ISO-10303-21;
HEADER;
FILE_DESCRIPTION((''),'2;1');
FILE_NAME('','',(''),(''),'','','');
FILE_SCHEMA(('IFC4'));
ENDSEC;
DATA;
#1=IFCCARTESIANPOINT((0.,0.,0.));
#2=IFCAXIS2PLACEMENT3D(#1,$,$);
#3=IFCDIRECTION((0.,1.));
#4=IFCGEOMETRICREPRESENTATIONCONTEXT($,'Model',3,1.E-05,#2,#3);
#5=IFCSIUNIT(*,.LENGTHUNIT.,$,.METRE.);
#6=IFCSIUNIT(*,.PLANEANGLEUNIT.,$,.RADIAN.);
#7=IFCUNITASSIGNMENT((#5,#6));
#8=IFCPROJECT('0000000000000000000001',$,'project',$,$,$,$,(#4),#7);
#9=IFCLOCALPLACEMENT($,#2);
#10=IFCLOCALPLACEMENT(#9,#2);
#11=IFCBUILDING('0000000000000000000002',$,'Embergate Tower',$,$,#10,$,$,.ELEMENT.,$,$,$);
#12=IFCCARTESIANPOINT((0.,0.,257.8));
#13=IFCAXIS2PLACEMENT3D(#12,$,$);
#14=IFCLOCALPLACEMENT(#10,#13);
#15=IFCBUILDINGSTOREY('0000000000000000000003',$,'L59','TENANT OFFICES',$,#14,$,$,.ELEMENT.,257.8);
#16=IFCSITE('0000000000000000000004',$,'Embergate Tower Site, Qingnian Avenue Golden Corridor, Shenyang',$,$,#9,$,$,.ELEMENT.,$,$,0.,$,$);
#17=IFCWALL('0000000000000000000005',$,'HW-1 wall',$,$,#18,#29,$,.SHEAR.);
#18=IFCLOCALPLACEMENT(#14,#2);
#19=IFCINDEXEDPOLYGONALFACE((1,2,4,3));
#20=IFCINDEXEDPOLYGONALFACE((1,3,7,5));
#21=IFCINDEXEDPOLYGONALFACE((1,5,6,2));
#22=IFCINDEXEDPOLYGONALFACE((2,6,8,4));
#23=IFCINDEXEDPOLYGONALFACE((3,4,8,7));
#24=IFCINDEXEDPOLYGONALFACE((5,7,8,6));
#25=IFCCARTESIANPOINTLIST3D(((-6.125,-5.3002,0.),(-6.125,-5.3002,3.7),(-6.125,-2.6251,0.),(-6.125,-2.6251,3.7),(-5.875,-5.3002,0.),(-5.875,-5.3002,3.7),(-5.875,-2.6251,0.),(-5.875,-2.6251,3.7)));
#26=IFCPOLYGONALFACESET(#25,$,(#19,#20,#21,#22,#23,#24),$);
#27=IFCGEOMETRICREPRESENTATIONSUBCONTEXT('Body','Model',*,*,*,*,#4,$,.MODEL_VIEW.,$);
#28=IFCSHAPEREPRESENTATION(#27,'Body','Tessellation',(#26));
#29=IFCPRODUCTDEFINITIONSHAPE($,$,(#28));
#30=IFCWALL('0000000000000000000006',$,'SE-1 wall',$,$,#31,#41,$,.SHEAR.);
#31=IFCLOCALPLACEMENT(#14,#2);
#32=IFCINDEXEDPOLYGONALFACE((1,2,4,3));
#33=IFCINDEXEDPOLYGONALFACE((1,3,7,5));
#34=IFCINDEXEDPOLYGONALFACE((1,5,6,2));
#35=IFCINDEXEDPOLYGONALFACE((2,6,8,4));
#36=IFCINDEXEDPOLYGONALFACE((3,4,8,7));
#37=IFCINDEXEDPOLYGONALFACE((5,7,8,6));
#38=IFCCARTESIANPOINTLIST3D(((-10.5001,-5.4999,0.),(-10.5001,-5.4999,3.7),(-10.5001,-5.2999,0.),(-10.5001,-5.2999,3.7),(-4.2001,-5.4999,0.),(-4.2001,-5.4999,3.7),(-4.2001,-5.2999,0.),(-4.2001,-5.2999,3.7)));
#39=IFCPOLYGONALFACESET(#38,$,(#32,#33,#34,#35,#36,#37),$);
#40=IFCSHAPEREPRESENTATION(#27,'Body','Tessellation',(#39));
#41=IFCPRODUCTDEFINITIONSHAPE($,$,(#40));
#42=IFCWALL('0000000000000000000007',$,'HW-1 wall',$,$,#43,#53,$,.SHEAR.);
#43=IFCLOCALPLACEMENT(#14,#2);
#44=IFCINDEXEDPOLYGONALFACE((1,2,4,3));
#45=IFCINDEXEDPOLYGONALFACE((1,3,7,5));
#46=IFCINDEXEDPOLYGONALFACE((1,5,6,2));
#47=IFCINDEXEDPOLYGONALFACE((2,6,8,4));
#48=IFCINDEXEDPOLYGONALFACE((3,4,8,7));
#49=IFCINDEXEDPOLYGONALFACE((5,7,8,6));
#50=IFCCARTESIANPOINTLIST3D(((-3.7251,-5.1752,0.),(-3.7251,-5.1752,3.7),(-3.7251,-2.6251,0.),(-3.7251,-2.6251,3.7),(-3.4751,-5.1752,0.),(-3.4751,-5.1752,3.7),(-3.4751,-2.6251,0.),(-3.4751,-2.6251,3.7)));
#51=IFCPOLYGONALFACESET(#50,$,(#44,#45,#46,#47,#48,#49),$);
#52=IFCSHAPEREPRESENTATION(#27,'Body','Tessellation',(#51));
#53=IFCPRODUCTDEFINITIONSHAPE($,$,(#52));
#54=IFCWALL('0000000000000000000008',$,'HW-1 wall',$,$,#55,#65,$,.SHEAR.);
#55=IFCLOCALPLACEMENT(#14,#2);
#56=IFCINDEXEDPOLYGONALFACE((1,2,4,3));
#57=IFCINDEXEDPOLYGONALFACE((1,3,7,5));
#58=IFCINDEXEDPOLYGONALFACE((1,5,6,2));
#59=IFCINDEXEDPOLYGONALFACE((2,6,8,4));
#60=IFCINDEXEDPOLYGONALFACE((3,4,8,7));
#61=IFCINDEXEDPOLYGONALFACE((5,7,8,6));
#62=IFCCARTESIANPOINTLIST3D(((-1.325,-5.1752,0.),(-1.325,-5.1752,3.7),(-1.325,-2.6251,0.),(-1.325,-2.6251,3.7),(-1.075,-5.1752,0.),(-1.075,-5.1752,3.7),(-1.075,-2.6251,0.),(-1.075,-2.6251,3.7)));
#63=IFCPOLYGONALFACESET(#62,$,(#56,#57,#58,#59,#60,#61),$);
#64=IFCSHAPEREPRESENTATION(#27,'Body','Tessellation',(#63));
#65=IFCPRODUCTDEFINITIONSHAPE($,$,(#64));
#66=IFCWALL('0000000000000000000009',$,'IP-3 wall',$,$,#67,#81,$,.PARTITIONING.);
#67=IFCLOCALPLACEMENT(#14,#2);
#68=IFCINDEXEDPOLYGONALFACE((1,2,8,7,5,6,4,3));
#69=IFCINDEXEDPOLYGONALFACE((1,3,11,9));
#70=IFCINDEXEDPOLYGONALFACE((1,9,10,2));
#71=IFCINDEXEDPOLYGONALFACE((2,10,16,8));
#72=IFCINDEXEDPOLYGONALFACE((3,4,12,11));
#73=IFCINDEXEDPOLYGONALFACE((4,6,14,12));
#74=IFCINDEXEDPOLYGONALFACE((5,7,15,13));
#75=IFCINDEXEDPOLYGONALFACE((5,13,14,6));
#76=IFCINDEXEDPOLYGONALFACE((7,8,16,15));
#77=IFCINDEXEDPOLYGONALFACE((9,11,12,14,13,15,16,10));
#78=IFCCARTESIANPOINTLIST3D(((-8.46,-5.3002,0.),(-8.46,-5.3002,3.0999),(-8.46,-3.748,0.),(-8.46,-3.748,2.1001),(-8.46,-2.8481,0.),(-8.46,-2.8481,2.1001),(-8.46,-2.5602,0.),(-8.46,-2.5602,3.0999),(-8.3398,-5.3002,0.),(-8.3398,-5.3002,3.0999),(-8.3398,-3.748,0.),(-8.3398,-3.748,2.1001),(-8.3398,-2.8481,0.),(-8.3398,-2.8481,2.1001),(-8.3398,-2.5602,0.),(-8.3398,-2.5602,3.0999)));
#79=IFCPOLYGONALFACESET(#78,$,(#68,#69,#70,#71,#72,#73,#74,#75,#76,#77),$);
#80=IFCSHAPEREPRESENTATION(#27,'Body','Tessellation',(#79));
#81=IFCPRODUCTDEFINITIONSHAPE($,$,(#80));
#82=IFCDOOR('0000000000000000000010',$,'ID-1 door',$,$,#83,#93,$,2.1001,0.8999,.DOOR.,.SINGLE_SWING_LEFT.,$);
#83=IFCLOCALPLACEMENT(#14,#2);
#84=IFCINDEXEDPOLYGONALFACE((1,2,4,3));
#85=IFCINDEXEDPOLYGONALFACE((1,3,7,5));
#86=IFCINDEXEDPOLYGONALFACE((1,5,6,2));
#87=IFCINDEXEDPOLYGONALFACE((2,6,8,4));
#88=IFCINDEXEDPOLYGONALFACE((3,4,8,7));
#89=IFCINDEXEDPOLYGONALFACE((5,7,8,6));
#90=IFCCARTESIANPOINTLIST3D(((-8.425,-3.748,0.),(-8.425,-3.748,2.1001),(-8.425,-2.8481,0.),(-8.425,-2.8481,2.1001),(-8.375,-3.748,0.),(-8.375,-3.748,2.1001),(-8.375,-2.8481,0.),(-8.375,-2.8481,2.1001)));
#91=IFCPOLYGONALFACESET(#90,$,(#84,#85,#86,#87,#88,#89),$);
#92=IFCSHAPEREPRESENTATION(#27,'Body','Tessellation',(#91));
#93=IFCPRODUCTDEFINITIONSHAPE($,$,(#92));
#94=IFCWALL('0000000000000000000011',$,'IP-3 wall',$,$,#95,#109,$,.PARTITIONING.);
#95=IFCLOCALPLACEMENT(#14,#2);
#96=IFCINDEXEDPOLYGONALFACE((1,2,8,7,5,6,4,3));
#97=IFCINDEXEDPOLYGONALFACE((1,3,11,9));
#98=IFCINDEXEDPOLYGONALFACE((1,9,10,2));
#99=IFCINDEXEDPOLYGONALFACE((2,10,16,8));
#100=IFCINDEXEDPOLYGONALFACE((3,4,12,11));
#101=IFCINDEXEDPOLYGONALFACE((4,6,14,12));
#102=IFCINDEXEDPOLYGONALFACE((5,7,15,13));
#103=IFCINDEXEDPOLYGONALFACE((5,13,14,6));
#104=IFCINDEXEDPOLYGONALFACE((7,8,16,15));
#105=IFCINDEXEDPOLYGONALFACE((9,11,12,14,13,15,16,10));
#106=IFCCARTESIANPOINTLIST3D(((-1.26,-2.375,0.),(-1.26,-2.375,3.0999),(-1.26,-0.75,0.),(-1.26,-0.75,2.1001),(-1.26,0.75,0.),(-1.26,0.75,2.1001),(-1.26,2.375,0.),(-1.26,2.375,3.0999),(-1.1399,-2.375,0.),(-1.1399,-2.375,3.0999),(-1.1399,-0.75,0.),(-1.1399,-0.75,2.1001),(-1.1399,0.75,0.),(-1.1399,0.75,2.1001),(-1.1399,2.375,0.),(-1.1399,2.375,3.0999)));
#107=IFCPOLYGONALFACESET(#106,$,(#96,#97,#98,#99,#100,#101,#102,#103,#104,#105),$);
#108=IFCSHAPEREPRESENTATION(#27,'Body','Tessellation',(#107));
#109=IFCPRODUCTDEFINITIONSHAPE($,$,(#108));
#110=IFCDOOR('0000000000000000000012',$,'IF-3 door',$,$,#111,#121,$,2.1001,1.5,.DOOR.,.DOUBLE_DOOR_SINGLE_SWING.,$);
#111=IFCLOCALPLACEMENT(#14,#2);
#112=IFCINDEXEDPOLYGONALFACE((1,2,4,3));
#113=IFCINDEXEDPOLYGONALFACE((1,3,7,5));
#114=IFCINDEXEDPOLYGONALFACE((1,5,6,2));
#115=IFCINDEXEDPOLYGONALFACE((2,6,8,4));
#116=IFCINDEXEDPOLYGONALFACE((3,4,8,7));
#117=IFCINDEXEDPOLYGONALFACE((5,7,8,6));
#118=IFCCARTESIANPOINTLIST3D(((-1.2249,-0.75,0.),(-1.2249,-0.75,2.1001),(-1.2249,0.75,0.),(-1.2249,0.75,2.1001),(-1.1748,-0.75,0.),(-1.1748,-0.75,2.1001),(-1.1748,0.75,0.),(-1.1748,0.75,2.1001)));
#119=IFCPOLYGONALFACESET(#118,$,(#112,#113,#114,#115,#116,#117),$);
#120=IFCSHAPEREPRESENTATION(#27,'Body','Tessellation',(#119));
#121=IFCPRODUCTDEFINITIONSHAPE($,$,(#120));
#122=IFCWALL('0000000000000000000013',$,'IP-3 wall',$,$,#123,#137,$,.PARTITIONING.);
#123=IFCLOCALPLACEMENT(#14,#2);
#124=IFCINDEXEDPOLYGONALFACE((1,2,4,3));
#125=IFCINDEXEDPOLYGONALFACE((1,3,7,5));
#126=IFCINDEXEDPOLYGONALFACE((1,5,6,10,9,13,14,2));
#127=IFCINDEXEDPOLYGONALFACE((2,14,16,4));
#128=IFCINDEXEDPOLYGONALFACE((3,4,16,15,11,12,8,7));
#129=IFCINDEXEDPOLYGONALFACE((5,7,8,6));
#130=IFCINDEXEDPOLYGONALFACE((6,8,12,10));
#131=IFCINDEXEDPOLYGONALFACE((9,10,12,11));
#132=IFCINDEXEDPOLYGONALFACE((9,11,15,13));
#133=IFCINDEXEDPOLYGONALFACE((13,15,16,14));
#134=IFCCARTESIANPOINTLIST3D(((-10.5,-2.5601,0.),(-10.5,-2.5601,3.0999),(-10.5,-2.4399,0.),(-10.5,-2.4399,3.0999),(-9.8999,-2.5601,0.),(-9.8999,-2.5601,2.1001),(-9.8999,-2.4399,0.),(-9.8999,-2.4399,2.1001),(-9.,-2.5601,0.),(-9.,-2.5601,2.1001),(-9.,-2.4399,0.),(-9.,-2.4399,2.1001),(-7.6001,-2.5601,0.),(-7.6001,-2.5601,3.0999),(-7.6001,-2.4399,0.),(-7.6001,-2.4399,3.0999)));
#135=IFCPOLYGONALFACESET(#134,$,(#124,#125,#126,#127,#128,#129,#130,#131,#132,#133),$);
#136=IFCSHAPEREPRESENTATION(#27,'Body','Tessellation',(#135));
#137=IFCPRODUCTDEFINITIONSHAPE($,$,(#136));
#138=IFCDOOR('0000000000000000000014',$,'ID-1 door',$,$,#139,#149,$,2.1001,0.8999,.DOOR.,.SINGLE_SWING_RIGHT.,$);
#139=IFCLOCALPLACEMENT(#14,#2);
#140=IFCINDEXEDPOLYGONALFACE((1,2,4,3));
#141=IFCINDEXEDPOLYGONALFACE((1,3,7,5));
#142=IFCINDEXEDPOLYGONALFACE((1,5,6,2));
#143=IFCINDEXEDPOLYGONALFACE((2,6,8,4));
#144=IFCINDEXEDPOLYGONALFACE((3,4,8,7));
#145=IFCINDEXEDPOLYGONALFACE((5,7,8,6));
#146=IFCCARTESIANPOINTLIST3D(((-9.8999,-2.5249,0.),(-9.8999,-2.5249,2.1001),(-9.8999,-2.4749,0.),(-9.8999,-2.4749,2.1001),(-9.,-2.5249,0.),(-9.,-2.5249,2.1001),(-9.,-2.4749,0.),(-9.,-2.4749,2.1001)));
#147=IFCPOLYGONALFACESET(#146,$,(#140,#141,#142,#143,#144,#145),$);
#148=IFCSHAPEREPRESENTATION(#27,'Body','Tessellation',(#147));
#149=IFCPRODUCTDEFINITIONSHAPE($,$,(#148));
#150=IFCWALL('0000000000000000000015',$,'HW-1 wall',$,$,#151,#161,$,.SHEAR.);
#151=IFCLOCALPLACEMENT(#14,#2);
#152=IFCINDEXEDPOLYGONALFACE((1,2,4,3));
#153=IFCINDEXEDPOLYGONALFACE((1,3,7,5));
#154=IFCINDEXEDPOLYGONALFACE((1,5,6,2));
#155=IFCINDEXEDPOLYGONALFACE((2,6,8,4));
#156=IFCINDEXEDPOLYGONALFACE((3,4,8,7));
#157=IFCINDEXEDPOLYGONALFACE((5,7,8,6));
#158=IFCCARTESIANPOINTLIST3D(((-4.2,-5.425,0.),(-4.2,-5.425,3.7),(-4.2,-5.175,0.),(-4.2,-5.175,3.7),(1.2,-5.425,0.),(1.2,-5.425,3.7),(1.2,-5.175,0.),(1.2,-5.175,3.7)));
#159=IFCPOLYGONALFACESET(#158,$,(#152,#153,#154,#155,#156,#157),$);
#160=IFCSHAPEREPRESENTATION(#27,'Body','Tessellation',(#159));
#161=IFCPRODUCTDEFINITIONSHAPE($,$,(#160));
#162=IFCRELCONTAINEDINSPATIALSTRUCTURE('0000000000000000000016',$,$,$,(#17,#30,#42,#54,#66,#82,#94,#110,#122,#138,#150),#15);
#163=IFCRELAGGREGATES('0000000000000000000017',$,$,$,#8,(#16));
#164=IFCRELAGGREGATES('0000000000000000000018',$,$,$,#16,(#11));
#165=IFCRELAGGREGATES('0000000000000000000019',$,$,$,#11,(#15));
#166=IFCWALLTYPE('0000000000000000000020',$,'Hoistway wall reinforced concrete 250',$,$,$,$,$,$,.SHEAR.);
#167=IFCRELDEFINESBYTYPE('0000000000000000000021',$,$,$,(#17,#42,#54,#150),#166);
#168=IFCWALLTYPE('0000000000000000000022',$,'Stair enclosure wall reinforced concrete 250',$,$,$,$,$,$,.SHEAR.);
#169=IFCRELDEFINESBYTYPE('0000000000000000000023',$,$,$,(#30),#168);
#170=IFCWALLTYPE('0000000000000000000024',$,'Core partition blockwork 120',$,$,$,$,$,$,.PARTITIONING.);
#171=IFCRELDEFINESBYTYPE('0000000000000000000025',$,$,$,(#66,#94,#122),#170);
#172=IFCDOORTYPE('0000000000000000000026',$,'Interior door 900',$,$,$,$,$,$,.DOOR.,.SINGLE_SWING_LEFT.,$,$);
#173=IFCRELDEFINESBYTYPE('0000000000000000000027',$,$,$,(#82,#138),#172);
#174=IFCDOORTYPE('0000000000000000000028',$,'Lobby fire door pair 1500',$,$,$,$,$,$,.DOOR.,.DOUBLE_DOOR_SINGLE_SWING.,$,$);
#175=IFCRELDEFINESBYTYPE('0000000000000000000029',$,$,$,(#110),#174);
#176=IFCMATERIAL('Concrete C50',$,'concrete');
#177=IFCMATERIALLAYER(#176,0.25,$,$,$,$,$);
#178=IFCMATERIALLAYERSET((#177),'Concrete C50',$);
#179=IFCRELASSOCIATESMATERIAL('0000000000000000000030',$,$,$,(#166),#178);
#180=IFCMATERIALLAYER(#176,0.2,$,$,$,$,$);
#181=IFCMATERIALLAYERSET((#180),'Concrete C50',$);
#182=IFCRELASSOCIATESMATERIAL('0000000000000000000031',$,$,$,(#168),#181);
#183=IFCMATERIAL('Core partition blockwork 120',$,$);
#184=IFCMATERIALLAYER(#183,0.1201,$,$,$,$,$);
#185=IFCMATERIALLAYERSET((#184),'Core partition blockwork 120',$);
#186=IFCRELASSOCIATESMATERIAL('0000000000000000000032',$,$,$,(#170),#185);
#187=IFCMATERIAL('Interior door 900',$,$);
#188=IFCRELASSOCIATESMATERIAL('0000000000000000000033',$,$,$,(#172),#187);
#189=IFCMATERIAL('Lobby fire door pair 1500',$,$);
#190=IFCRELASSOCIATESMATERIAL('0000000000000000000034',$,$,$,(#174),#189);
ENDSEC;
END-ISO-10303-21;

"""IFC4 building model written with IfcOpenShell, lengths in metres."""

from ifc_helpers import new_model, si_unit, direction, frame, frame_2d, origin, place, context, subcontext, project, spatial, rectangle, extrude, source, transform, mapped, material, layer, layer_set, type_object, element, fill, save


model = new_model("IFC4")

# Units and contexts
model_context = context("Model", 3, precision=1e-05, world=origin(), true_north=direction((0.0, 1.0)))
body_context = subcontext(model_context, "Body", "Model", "MODEL_VIEW")
ifc_project = project(units=[si_unit("LENGTHUNIT", "METRE"), si_unit("PLANEANGLEUNIT", "RADIAN")], contexts=[model_context])

# Site, building, storey
site_placement = place(None, origin())
site = spatial("IfcSite", under=ifc_project, at=site_placement, Name="Embergate Tower Site, Qingnian Avenue Golden Corridor, Shenyang", CompositionType="ELEMENT", RefElevation=0.0)
building_placement = place(site_placement, origin())
building = spatial("IfcBuilding", under=site, at=building_placement, Name="Embergate Tower", CompositionType="ELEMENT")
storey_placement = place(building_placement, frame((0.0, 0.0, 257.8)))
storey = spatial("IfcBuildingStorey", under=building, at=storey_placement, Name="L59", Description="TENANT OFFICES", CompositionType="ELEMENT", Elevation=257.8)

# Walls
ifc_material_1 = material(Name="Concrete C50", Category="concrete")
ifc_layer_1 = layer(ifc_material_1, 0.25)
ifc_layer_set_1 = layer_set([ifc_layer_1], Name="Concrete C50")
wall_type_1 = type_object("IfcWallType", Name="Hoistway wall reinforced concrete 250", PredefinedType="SHEAR", material=ifc_layer_set_1)
shared_shape_1 = source(origin(), body_context, "Body", "SweptSolid", [
    extrude(rectangle(XDim=2.675, YDim=0.25, at=frame_2d((1.3374, 0.0))), origin(), (0.0, 0.0, 1.0), 3.7),
])
wall_1_placement = place(storey_placement, frame((-6.0, -5.3, 0.0), z_axis=(0.0, 0.0, 1.0), x_axis=(0.0, 1.0, 0.0)))
element("IfcWall", 1, at=wall_1_placement, inside=storey, type_object=wall_type_1, Name="HW-1 wall", PredefinedType="SHEAR", context=body_context, shape_type="MappedRepresentation", body=[
    mapped(shared_shape_1, transform((0.0, 0.0, 0.0))),
])
ifc_layer_2 = layer(ifc_material_1, 0.2)
ifc_layer_set_2 = layer_set([ifc_layer_2], Name="Concrete C50")
wall_type_2 = type_object("IfcWallType", Name="Stair enclosure wall reinforced concrete 250", PredefinedType="SHEAR", material=ifc_layer_set_2)
shared_shape_2 = source(origin(), body_context, "Body", "SweptSolid", [
    extrude(rectangle(XDim=6.3, YDim=0.2, at=frame_2d((3.1499, 0.0))), origin(), (0.0, 0.0, 1.0), 3.7),
])
wall_2_placement = place(storey_placement, frame((-10.5, -5.3999, 0.0), z_axis=(0.0, 0.0, 1.0), x_axis=(1.0, 0.0, 0.0)))
element("IfcWall", 2, at=wall_2_placement, inside=storey, type_object=wall_type_2, Name="SE-1 wall", PredefinedType="SHEAR", context=body_context, shape_type="MappedRepresentation", body=[
    mapped(shared_shape_2, transform((0.0, 0.0, 0.0))),
])
shared_shape_3 = source(origin(), body_context, "Body", "SweptSolid", [
    extrude(rectangle(XDim=2.55, YDim=0.25, at=frame_2d((1.2749, 0.0))), origin(), (0.0, 0.0, 1.0), 3.7),
])
for number, where, z_axis, x_axis, name in (
    (3, (-3.6001, -5.175, 0.0), (0.0, 0.0, 1.0), (0.0, 1.0, 0.0), "HW-1 wall"),
    (4, (-1.2, -5.175, 0.0), (0.0, 0.0, 1.0), (0.0, 1.0, 0.0), "HW-1 wall"),
):
    element("IfcWall", number, at=place(storey_placement, frame(where, z_axis=z_axis, x_axis=x_axis)), inside=storey, type_object=wall_type_1, Name=name, PredefinedType="SHEAR", context=body_context, shape_type="MappedRepresentation", body=[
        mapped(shared_shape_3, transform((0.0, 0.0, 0.0))),
    ])

# Walls, openings, doors
ifc_material_2 = material(Name="Core partition blockwork 120")
ifc_layer_3 = layer(ifc_material_2, 0.1201)
ifc_layer_set_3 = layer_set([ifc_layer_3], Name="Core partition blockwork 120")
wall_type_3 = type_object("IfcWallType", Name="Core partition blockwork 120", PredefinedType="PARTITIONING", material=ifc_layer_set_3)
shared_shape_4 = source(origin(), body_context, "Body", "SweptSolid", [
    extrude(rectangle(XDim=2.74, YDim=0.1201, at=frame_2d((1.3701, 0.0))), origin(), (0.0, 0.0, 1.0), 3.0999),
])
wall_3_placement = place(storey_placement, frame((-8.3999, -2.5601, 0.0), z_axis=(0.0, 0.0, 1.0), x_axis=(0.0, -1.0, 0.0)))
wall_3 = element("IfcWall", 5, at=wall_3_placement, inside=storey, type_object=wall_type_3, Name="IP-3 wall", PredefinedType="PARTITIONING", context=body_context, shape_type="MappedRepresentation", body=[
    mapped(shared_shape_4, transform((0.0, 0.0, 0.0))),
])
shared_shape_5 = source(origin(), body_context, "Body", "SweptSolid", [
    extrude(rectangle(XDim=0.8999, YDim=2.1001, at=frame_2d((0.45, 1.05))), frame((0.0, 0.0701, 0.0), z_axis=(0.0, -1.0, 0.0), x_axis=(1.0, 0.0, 0.0)), (0.0, 0.0, 1.0), 0.1401),
])
opening_1_placement = place(wall_3_placement, frame((0.2881, 0.0, 0.0)))
opening_1 = element("IfcOpeningElement", 6, at=opening_1_placement, cuts=wall_3, PredefinedType="OPENING", context=body_context, shape_type="MappedRepresentation", body=[
    mapped(shared_shape_5, transform((0.0, 0.0, 0.0))),
])
ifc_material_3 = material(Name="Interior door 900")
door_type_1 = type_object("IfcDoorType", Name="Interior door 900", OperationType="SINGLE_SWING_LEFT", PredefinedType="DOOR", material=ifc_material_3)
shared_shape_6 = source(origin(), body_context, "Body", "SweptSolid", [
    extrude(rectangle(XDim=0.8999, YDim=2.1001, at=frame_2d((0.45, 1.05))), frame((0.0, 0.0249, 0.0), z_axis=(0.0, -1.0, 0.0), x_axis=(1.0, 0.0, 0.0)), (0.0, 0.0, 1.0), 0.05),
])
door_1_placement = place(opening_1_placement, origin())
door_1 = element("IfcDoor", 7, at=door_1_placement, inside=storey, type_object=door_type_1, Name="ID-1 door", OperationType="SINGLE_SWING_LEFT", OverallHeight=2.1001, OverallWidth=0.8999, PredefinedType="DOOR", context=body_context, shape_type="MappedRepresentation", body=[
    mapped(shared_shape_6, transform((0.0, 0.0, 0.0))),
])
fill(opening_1, door_1)
shared_shape_7 = source(origin(), body_context, "Body", "SweptSolid", [
    extrude(rectangle(XDim=4.75, YDim=0.1201, at=frame_2d((2.375, 0.0))), origin(), (0.0, 0.0, 1.0), 3.0999),
])
wall_4_placement = place(storey_placement, frame((-1.2, -2.375, 0.0), z_axis=(0.0, 0.0, 1.0), x_axis=(0.0, 1.0, 0.0)))
wall_4 = element("IfcWall", 8, at=wall_4_placement, inside=storey, type_object=wall_type_3, Name="IP-3 wall", PredefinedType="PARTITIONING", context=body_context, shape_type="MappedRepresentation", body=[
    mapped(shared_shape_7, transform((0.0, 0.0, 0.0))),
])
shared_shape_8 = source(origin(), body_context, "Body", "SweptSolid", [
    extrude(rectangle(XDim=1.5, YDim=2.1001, at=frame_2d((0.75, 1.05))), frame((0.0, 0.0701, 0.0), z_axis=(0.0, -1.0, 0.0), x_axis=(1.0, 0.0, 0.0)), (0.0, 0.0, 1.0), 0.1401),
])
opening_2_placement = place(wall_4_placement, frame((1.625, 0.0, 0.0)))
opening_2 = element("IfcOpeningElement", 9, at=opening_2_placement, cuts=wall_4, PredefinedType="OPENING", context=body_context, shape_type="MappedRepresentation", body=[
    mapped(shared_shape_8, transform((0.0, 0.0, 0.0))),
])
ifc_material_4 = material(Name="Lobby fire door pair 1500")
door_type_2 = type_object("IfcDoorType", Name="Lobby fire door pair 1500", OperationType="DOUBLE_DOOR_SINGLE_SWING", PredefinedType="DOOR", material=ifc_material_4)
shared_shape_9 = source(origin(), body_context, "Body", "SweptSolid", [
    extrude(rectangle(XDim=1.5, YDim=2.1001, at=frame_2d((0.75, 1.05))), frame((0.0, 0.0249, 0.0), z_axis=(0.0, -1.0, 0.0), x_axis=(1.0, 0.0, 0.0)), (0.0, 0.0, 1.0), 0.05),
])
door_2_placement = place(opening_2_placement, origin())
door_2 = element("IfcDoor", 10, at=door_2_placement, inside=storey, type_object=door_type_2, Name="IF-3 door", OperationType="DOUBLE_DOOR_SINGLE_SWING", OverallHeight=2.1001, OverallWidth=1.5, PredefinedType="DOOR", context=body_context, shape_type="MappedRepresentation", body=[
    mapped(shared_shape_9, transform((0.0, 0.0, 0.0))),
])
fill(opening_2, door_2)
shared_shape_10 = source(origin(), body_context, "Body", "SweptSolid", [
    extrude(rectangle(XDim=2.8999, YDim=0.1201, at=frame_2d((1.45, 0.0))), origin(), (0.0, 0.0, 1.0), 3.0999),
])
wall_5_placement = place(storey_placement, frame((-7.6001, -2.5, 0.0), z_axis=(0.0, 0.0, 1.0), x_axis=(-1.0, 0.0, 0.0)))
wall_5 = element("IfcWall", 11, at=wall_5_placement, inside=storey, type_object=wall_type_3, Name="IP-3 wall", PredefinedType="PARTITIONING", context=body_context, shape_type="MappedRepresentation", body=[
    mapped(shared_shape_10, transform((0.0, 0.0, 0.0))),
])
opening_3_placement = place(wall_5_placement, frame((1.3999, 0.0, 0.0)))
opening_3 = element("IfcOpeningElement", 12, at=opening_3_placement, cuts=wall_5, PredefinedType="OPENING", context=body_context, shape_type="MappedRepresentation", body=[
    mapped(shared_shape_5, transform((0.0, 0.0, 0.0))),
])
door_3_placement = place(opening_3_placement, origin())
door_3 = element("IfcDoor", 13, at=door_3_placement, inside=storey, type_object=door_type_1, Name="ID-1 door", OperationType="SINGLE_SWING_RIGHT", OverallHeight=2.1001, OverallWidth=0.8999, PredefinedType="DOOR", context=body_context, shape_type="MappedRepresentation", body=[
    mapped(shared_shape_6, transform((0.0, 0.0, 0.0))),
])
fill(opening_3, door_3)

# Wall
shared_shape_11 = source(origin(), body_context, "Body", "SweptSolid", [
    extrude(rectangle(XDim=5.3999, YDim=0.25, at=frame_2d((2.7, 0.0))), origin(), (0.0, 0.0, 1.0), 3.7),
])
wall_6_placement = place(storey_placement, frame((-4.2, -5.3, 0.0), z_axis=(0.0, 0.0, 1.0), x_axis=(1.0, 0.0, 0.0)))
element("IfcWall", 14, at=wall_6_placement, inside=storey, type_object=wall_type_1, Name="HW-1 wall", PredefinedType="SHEAR", context=body_context, shape_type="MappedRepresentation", body=[
    mapped(shared_shape_11, transform((0.0, 0.0, 0.0))),
])

save(model, "model.ifc")
